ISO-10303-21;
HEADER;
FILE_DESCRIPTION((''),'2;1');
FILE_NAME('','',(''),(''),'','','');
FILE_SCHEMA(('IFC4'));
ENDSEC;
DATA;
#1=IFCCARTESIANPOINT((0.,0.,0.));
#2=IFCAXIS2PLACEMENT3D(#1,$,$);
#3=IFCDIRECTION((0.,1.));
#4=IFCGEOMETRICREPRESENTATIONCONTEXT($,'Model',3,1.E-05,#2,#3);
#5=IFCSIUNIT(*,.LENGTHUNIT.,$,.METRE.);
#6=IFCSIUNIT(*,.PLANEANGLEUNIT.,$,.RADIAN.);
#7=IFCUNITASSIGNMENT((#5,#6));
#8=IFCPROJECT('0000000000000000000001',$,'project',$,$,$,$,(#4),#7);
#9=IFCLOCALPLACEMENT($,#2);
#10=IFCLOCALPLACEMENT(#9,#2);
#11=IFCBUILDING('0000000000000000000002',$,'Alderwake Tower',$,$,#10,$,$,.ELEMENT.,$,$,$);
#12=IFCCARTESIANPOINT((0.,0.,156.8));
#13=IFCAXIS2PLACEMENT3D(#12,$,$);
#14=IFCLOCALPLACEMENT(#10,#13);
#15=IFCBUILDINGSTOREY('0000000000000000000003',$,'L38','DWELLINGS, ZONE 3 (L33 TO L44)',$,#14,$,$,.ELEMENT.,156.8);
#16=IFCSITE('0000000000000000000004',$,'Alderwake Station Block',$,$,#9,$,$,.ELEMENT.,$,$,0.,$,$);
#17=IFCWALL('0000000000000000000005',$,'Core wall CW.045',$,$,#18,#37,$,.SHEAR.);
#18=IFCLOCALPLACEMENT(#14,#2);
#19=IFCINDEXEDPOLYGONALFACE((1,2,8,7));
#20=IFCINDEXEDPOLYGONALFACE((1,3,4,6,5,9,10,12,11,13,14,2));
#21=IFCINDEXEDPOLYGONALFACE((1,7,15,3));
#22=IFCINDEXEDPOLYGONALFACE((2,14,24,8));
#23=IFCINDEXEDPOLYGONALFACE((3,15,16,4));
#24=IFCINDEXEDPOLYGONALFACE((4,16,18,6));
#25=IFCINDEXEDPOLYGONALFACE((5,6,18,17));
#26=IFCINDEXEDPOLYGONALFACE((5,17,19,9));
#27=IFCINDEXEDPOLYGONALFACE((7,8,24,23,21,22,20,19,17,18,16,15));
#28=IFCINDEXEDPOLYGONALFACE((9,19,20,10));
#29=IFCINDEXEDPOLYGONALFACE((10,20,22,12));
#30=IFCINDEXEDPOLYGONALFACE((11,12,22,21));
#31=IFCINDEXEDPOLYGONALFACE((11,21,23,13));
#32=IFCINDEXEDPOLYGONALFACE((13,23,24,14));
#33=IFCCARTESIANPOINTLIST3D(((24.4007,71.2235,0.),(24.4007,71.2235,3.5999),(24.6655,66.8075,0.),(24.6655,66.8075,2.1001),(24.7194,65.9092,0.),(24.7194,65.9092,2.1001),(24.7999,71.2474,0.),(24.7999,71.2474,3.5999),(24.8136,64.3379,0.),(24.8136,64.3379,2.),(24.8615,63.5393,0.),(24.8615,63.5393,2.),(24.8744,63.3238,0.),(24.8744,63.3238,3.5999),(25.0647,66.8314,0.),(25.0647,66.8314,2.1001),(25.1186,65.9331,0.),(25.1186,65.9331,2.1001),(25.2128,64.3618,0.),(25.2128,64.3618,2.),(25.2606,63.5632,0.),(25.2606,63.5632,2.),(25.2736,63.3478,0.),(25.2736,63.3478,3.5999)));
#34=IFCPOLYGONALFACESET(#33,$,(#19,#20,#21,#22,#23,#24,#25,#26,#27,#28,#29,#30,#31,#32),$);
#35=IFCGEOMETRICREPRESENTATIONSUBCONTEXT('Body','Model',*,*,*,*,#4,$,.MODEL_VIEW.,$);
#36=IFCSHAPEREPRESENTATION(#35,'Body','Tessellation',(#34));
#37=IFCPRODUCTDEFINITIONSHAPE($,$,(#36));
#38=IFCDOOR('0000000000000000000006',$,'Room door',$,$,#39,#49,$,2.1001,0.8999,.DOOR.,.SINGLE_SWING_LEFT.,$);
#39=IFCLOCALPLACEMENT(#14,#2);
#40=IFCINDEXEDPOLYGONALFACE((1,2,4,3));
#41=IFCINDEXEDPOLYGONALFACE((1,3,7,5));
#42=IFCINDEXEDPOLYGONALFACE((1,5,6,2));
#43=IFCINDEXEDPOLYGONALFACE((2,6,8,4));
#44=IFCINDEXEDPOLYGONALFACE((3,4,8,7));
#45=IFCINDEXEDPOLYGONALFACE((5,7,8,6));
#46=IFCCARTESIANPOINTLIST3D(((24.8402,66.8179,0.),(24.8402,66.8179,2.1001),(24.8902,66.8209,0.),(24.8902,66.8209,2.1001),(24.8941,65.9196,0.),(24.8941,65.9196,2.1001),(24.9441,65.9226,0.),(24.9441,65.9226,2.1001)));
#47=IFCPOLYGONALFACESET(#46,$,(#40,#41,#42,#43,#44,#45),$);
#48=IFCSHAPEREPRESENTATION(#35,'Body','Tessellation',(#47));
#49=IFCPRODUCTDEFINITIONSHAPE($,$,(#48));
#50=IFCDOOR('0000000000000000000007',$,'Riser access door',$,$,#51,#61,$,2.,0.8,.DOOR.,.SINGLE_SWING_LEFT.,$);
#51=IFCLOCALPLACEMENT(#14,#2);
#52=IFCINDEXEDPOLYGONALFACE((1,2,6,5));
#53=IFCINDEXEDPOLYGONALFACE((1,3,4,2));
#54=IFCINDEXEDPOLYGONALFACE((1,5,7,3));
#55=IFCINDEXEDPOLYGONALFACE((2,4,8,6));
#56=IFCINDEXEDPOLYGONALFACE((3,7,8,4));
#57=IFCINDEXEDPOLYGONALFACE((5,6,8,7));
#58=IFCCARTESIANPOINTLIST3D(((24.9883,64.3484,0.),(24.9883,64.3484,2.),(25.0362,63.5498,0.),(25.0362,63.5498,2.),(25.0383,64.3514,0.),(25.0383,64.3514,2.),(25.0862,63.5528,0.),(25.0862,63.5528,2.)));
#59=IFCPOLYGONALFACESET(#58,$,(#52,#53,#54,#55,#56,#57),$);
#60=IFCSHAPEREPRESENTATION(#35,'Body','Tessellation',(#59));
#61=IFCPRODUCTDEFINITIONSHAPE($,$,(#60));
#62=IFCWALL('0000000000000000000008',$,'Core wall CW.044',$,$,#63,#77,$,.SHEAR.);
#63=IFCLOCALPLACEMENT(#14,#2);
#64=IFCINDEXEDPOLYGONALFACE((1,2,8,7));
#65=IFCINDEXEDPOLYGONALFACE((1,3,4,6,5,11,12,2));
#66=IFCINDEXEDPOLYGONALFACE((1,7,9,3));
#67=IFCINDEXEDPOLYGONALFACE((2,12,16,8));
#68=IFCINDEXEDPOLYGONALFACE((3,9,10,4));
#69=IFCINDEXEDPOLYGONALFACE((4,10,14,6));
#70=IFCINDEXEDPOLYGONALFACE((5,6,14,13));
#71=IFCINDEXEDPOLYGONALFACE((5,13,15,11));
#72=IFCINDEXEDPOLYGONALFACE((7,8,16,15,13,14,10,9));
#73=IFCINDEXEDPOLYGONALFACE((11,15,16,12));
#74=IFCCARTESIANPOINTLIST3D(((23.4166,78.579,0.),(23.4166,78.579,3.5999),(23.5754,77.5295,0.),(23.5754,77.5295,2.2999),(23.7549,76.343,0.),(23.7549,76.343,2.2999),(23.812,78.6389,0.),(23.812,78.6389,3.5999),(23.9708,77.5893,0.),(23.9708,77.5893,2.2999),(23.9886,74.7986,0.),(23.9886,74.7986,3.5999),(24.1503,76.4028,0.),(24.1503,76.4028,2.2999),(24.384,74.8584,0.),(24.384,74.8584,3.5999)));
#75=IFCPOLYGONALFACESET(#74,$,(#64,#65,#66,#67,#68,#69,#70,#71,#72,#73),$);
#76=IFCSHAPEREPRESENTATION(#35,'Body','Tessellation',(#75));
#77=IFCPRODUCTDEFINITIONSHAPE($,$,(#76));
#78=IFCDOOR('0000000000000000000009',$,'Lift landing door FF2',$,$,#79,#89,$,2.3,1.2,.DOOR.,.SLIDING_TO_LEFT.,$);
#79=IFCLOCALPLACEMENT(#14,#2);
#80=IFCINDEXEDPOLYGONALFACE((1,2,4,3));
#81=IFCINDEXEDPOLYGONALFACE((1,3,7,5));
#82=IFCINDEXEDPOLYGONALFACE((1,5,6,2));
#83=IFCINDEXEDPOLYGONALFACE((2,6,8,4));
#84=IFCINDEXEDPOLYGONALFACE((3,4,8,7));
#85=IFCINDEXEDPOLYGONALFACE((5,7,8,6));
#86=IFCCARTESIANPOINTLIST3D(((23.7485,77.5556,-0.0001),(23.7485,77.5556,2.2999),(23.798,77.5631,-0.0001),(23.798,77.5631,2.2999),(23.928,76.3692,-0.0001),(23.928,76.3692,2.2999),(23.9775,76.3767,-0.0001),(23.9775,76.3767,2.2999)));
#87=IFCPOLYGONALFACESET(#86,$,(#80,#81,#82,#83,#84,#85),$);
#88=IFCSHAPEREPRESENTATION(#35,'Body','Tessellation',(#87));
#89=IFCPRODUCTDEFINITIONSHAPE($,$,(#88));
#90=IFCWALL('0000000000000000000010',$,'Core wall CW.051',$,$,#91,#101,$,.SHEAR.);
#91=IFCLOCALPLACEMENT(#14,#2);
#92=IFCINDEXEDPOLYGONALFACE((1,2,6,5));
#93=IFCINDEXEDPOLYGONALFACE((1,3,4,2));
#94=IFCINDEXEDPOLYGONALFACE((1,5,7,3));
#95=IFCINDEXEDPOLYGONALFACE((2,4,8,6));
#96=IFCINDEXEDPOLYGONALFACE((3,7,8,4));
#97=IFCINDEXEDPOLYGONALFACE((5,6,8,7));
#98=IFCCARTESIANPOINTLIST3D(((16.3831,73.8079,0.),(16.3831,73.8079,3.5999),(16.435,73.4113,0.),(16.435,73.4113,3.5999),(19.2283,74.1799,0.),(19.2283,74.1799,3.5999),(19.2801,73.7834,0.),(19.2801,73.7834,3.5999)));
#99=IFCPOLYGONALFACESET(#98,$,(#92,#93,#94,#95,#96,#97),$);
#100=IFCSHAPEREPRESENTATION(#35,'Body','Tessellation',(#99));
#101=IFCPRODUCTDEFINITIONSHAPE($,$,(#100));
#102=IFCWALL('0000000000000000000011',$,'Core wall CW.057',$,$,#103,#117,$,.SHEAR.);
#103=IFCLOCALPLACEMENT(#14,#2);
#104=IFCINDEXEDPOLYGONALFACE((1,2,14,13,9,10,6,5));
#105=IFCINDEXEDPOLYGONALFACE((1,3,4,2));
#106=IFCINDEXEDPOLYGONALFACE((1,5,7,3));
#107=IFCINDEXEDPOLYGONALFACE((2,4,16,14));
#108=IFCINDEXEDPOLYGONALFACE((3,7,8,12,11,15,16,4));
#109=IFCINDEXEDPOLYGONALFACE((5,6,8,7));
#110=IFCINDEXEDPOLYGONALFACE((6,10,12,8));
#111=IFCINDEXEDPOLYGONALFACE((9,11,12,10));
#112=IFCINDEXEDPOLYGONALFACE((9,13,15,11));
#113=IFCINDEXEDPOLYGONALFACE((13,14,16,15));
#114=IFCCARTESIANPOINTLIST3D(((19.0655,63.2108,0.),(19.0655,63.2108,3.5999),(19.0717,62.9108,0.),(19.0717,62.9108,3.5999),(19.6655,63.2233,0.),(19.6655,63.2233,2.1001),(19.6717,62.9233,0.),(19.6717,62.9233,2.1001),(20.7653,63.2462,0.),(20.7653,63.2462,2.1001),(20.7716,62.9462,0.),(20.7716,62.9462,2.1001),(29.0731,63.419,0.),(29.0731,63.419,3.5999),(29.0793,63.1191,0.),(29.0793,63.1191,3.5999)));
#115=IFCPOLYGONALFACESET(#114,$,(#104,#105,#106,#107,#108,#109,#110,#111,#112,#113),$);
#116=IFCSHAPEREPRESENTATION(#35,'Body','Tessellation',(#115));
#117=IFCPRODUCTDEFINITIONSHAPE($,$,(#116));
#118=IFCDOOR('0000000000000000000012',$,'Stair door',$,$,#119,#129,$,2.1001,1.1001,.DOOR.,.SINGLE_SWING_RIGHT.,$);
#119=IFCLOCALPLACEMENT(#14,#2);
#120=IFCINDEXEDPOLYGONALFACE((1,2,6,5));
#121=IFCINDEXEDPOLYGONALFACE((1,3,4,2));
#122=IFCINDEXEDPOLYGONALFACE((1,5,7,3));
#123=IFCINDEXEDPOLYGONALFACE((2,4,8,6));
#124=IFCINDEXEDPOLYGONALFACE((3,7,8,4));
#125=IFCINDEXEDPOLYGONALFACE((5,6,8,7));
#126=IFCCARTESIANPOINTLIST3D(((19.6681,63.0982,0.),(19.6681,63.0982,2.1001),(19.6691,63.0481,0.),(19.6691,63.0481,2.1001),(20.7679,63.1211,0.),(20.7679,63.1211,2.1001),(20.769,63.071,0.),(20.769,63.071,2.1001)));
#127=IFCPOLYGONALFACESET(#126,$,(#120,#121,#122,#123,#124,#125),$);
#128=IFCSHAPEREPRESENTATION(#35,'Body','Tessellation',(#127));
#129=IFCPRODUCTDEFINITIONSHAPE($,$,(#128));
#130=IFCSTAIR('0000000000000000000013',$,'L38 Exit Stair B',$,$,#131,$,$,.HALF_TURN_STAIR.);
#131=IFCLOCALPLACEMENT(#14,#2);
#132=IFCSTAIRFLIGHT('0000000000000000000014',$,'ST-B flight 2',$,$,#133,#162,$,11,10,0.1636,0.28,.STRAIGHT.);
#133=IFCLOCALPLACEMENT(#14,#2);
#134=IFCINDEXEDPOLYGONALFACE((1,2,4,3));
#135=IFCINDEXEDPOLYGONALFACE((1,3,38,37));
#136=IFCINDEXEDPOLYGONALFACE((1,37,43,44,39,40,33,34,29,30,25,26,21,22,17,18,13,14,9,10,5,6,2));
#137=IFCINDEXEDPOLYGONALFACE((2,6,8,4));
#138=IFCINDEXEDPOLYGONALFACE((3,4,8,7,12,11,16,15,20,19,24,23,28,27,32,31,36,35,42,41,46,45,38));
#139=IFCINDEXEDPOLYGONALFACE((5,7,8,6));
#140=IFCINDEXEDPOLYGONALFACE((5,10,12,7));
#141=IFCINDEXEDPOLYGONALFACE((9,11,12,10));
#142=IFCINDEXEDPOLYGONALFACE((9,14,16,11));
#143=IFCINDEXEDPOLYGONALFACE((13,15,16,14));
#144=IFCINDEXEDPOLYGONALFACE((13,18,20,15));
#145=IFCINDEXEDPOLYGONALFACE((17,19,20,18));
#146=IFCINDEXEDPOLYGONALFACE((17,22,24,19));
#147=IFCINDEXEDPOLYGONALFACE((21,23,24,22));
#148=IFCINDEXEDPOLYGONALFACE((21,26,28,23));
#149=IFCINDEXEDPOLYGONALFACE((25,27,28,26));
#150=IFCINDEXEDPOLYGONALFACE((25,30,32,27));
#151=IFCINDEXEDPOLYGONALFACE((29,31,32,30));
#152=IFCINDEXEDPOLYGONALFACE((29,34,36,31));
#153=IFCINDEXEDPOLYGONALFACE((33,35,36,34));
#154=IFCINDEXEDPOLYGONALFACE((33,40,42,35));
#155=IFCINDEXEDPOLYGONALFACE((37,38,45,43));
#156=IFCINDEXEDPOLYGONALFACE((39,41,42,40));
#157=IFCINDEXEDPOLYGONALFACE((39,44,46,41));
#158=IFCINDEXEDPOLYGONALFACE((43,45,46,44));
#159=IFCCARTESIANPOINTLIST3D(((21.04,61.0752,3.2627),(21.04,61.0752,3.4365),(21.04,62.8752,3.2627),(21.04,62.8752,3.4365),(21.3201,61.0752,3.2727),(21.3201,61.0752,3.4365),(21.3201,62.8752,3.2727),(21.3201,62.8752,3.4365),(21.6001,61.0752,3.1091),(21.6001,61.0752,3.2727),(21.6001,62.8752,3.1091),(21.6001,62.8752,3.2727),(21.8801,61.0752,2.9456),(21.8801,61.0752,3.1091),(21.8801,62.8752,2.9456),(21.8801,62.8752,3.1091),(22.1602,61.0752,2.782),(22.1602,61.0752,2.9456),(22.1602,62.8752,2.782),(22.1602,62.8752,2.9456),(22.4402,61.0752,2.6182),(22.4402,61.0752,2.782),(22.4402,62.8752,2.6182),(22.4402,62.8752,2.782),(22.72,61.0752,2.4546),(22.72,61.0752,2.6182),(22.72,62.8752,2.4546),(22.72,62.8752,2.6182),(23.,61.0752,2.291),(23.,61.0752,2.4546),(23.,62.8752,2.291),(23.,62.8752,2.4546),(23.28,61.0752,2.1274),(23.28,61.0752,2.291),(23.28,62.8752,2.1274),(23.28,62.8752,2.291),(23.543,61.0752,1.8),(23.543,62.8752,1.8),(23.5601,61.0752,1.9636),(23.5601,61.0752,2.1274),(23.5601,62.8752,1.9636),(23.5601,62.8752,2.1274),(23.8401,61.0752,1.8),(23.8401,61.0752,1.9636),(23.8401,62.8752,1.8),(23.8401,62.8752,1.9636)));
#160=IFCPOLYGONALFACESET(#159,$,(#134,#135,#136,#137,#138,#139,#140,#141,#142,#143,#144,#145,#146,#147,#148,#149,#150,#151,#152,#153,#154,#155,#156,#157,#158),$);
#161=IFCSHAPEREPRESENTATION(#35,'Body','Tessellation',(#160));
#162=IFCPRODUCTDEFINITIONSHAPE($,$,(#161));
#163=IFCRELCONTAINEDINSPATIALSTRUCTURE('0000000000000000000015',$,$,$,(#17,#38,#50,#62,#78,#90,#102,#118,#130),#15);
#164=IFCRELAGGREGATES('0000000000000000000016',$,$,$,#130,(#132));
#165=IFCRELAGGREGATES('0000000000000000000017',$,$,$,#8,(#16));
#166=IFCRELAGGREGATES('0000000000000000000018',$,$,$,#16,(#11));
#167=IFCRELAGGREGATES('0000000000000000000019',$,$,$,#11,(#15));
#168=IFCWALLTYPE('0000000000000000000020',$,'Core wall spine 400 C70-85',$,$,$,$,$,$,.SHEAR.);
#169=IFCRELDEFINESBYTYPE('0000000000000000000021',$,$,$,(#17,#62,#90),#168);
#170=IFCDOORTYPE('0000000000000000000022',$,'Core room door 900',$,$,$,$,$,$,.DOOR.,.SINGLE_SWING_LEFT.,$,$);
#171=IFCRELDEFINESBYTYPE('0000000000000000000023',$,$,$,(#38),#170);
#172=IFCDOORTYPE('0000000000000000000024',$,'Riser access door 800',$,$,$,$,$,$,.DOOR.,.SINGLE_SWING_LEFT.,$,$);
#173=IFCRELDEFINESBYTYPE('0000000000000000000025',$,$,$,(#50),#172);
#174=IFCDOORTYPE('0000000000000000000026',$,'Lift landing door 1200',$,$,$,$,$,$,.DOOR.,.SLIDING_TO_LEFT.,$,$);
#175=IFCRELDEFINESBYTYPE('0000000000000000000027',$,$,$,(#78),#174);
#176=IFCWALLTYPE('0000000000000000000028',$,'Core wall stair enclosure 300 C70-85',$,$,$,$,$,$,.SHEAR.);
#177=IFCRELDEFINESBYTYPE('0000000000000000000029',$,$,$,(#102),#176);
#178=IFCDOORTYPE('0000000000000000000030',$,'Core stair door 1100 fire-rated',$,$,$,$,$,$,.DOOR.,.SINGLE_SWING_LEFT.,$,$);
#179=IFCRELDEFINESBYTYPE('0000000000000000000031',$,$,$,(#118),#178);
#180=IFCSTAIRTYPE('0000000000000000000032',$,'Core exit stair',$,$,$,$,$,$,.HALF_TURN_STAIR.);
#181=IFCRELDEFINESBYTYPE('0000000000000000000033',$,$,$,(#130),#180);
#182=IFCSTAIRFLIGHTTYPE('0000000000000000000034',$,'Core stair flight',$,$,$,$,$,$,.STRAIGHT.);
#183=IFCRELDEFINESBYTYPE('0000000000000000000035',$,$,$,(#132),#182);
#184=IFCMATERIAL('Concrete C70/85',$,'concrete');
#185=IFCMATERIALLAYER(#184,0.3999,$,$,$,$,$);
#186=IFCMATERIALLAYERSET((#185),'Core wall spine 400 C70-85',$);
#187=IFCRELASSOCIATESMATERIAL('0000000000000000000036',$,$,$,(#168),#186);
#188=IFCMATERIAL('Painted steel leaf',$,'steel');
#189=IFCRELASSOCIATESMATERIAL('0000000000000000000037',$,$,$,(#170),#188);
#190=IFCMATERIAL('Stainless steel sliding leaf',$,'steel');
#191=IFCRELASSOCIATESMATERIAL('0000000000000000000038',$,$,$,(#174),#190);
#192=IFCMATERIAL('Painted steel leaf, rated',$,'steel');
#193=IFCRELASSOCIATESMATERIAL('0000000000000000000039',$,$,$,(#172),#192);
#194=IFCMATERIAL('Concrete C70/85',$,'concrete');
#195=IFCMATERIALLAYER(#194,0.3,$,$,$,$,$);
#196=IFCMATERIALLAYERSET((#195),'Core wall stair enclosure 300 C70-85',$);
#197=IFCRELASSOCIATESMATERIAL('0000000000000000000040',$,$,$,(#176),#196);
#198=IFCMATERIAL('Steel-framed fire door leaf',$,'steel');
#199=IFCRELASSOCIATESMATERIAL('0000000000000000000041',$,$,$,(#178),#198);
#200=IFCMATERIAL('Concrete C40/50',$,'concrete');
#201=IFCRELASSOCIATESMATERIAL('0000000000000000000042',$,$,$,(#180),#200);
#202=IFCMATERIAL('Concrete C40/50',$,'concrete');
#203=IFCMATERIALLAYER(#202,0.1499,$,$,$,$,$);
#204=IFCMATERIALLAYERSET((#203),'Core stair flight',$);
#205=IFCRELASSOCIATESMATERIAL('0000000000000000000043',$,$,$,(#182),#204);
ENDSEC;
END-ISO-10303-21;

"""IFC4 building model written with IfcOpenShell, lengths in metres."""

from ifc_helpers import new_model, si_unit, direction, frame, frame_2d, origin, place, context, subcontext, project, spatial, polyline, rectangle, outline, extrude, material, layer, layer_set, type_object, element, fill, aggregate, save


model = new_model("IFC4")

# Units and contexts
model_context = context("Model", 3, precision=1e-05, world=origin(), true_north=direction((0.0, 1.0)))
body_context = subcontext(model_context, "Body", "Model", "MODEL_VIEW")
ifc_project = project(units=[si_unit("LENGTHUNIT", "METRE"), si_unit("PLANEANGLEUNIT", "RADIAN")], contexts=[model_context])

# Site, building, storey
site_placement = place(None, origin())
site = spatial("IfcSite", under=ifc_project, at=site_placement, Name="Alderwake Station Block", CompositionType="ELEMENT", RefElevation=0.0)
building_placement = place(site_placement, origin())
building = spatial("IfcBuilding", under=site, at=building_placement, Name="Alderwake Tower", CompositionType="ELEMENT")
storey_placement = place(building_placement, frame((0.0, 0.0, 156.8)))
storey = spatial("IfcBuildingStorey", under=building, at=storey_placement, Name="L38", Description="DWELLINGS, ZONE 3 (L33 TO L44)", CompositionType="ELEMENT", Elevation=156.8)

# Shared definitions
ifc_material_1 = material(Name="Concrete C70/85", Category="concrete")
ifc_layer_1 = layer(ifc_material_1, 0.3999)
ifc_layer_set_1 = layer_set([ifc_layer_1], Name="Core wall spine 400 C70-85")
wall_type_1 = type_object("IfcWallType", Name="Core wall spine 400 C70-85", PredefinedType="SHEAR", material=ifc_layer_set_1)
ifc_material_2 = material(Name="Painted steel leaf", Category="steel")
door_type_1 = type_object("IfcDoorType", Name="Core room door 900", OperationType="SINGLE_SWING_LEFT", PredefinedType="DOOR", material=ifc_material_2)
ifc_material_3 = material(Name="Stainless steel sliding leaf", Category="steel")
door_type_2 = type_object("IfcDoorType", Name="Lift landing door 1200", OperationType="SLIDING_TO_LEFT", PredefinedType="DOOR", material=ifc_material_3)

# Wall, openings, doors
wall_1_placement = place(storey_placement, frame((25.074, 63.3357, 0.0), z_axis=(0.0, 0.0, 1.0), x_axis=(-0.059849, 0.998207, 0.0)))
wall_1 = element("IfcWall", 1, at=wall_1_placement, inside=storey, type_object=wall_type_1, Name="Core wall CW.045", PredefinedType="SHEAR", context=body_context, shape_type="SweptSolid", body=[
    extrude(rectangle(XDim=7.9138, YDim=0.3999, at=frame_2d((3.957, 0.0))), origin(), (0.0, 0.0, 1.0), 3.5999),
])
opening_1_placement = place(wall_1_placement, frame((0.2161, 0.0, 0.0)))
opening_1 = element("IfcOpeningElement", 2, at=opening_1_placement, cuts=wall_1, PredefinedType="OPENING", context=body_context, shape_type="SweptSolid", body=[
    extrude(rectangle(XDim=0.8, YDim=2.0, at=frame_2d((0.3999, 1.0))), frame((0.0, 0.21, 0.0), z_axis=(0.0, -1.0, 0.0), x_axis=(1.0, 0.0, 0.0)), (0.0, 0.0, 1.0), 0.4199),
])
opening_2_placement = place(wall_1_placement, frame((2.5901, 0.0, 0.0)))
opening_2 = element("IfcOpeningElement", 3, at=opening_2_placement, cuts=wall_1, PredefinedType="OPENING", context=body_context, shape_type="SweptSolid", body=[
    extrude(rectangle(XDim=0.8999, YDim=2.1001, at=frame_2d((0.45, 1.05))), frame((0.0, 0.21, 0.0), z_axis=(0.0, -1.0, 0.0), x_axis=(1.0, 0.0, 0.0)), (0.0, 0.0, 1.0), 0.4199),
])
door_1_placement = place(opening_2_placement, origin())
door_1 = element("IfcDoor", 4, at=door_1_placement, inside=storey, type_object=door_type_1, Name="Room door", OperationType="SINGLE_SWING_LEFT", OverallHeight=2.1001, OverallWidth=0.8999, PredefinedType="DOOR", context=body_context, shape_type="SweptSolid", body=[
    extrude(rectangle(XDim=0.8999, YDim=2.1001, at=frame_2d((0.45, 1.05))), frame((0.0, 0.0249, 0.0), z_axis=(0.0, -1.0, 0.0), x_axis=(1.0, 0.0, 0.0)), (0.0, 0.0, 1.0), 0.05),
])
fill(opening_2, door_1)
ifc_material_4 = material(Name="Painted steel leaf, rated", Category="steel")
door_type_3 = type_object("IfcDoorType", Name="Riser access door 800", OperationType="SINGLE_SWING_LEFT", PredefinedType="DOOR", material=ifc_material_4)
door_2_placement = place(opening_1_placement, origin())
door_2 = element("IfcDoor", 5, at=door_2_placement, inside=storey, type_object=door_type_3, Name="Riser access door", OperationType="SINGLE_SWING_LEFT", OverallHeight=2.0, OverallWidth=0.8, PredefinedType="DOOR", context=body_context, shape_type="SweptSolid", body=[
    extrude(rectangle(XDim=0.8, YDim=2.0, at=frame_2d((0.3999, 1.0))), frame((0.0, 0.0249, 0.0), z_axis=(0.0, -1.0, 0.0), x_axis=(1.0, 0.0, 0.0)), (0.0, 0.0, 1.0), 0.05),
])
fill(opening_1, door_2)

# Wall, opening, door
wall_2_placement = place(storey_placement, frame((24.1863, 74.8286, 0.0), z_axis=(0.0, 0.0, 1.0), x_axis=(-0.149605, 0.988746, 0.0)))
wall_2 = element("IfcWall", 6, at=wall_2_placement, inside=storey, type_object=wall_type_1, Name="Core wall CW.044", PredefinedType="SHEAR", context=body_context, shape_type="SweptSolid", body=[
    extrude(rectangle(XDim=3.8235, YDim=0.3999, at=frame_2d((1.9116, 0.0))), origin(), (0.0, 0.0, 1.0), 3.5999),
])
opening_3_placement = place(wall_2_placement, frame((1.5618, 0.0, 0.0)))
opening_3 = element("IfcOpeningElement", 7, at=opening_3_placement, cuts=wall_2, PredefinedType="OPENING", context=body_context, shape_type="SweptSolid", body=[
    extrude(rectangle(XDim=1.2, YDim=2.3, at=frame_2d((0.6001, 1.1499))), frame((0.0, 0.21, 0.0), z_axis=(0.0, -1.0, 0.0), x_axis=(1.0, 0.0, 0.0)), (0.0, 0.0, 1.0), 0.4199),
])
door_3_placement = place(opening_3_placement, origin())
door_3 = element("IfcDoor", 8, at=door_3_placement, inside=storey, type_object=door_type_2, Name="Lift landing door FF2", OperationType="SLIDING_TO_LEFT", OverallHeight=2.3, OverallWidth=1.2, PredefinedType="DOOR", context=body_context, shape_type="SweptSolid", body=[
    extrude(rectangle(XDim=1.2, YDim=2.3, at=frame_2d((0.6001, 1.1499))), frame((0.0, 0.0249, 0.0), z_axis=(0.0, -1.0, 0.0), x_axis=(1.0, 0.0, 0.0)), (0.0, 0.0, 1.0), 0.05),
])
fill(opening_3, door_3)

# Wall
wall_3_placement = place(storey_placement, frame((16.4092, 73.6096, 0.0), z_axis=(0.0, 0.0, 1.0), x_axis=(0.991558, 0.129667, 0.0)))
element("IfcWall", 9, at=wall_3_placement, inside=storey, type_object=wall_type_1, Name="Core wall CW.051", PredefinedType="SHEAR", context=body_context, shape_type="SweptSolid", body=[
    extrude(rectangle(XDim=2.8694, YDim=0.3999, at=frame_2d((1.4346, 0.0))), origin(), (0.0, 0.0, 1.0), 3.5999),
])

# Wall, opening, door
ifc_material_5 = material(Name="Concrete C70/85", Category="concrete")
ifc_layer_2 = layer(ifc_material_5, 0.3)
ifc_layer_set_2 = layer_set([ifc_layer_2], Name="Core wall stair enclosure 300 C70-85")
wall_type_2 = type_object("IfcWallType", Name="Core wall stair enclosure 300 C70-85", PredefinedType="SHEAR", material=ifc_layer_set_2)
wall_4_placement = place(storey_placement, frame((19.0686, 63.0608, 0.0), z_axis=(0.0, 0.0, 1.0), x_axis=(0.999784, 0.020805, 0.0)))
wall_4 = element("IfcWall", 10, at=wall_4_placement, inside=storey, type_object=wall_type_2, Name="Core wall CW.057", PredefinedType="SHEAR", context=body_context, shape_type="SweptSolid", body=[
    extrude(rectangle(XDim=10.0098, YDim=0.3, at=frame_2d((5.0049, 0.0))), origin(), (0.0, 0.0, 1.0), 3.5999),
])
opening_4_placement = place(wall_4_placement, frame((0.6001, 0.0, 0.0)))
opening_4 = element("IfcOpeningElement", 11, at=opening_4_placement, cuts=wall_4, PredefinedType="OPENING", context=body_context, shape_type="SweptSolid", body=[
    extrude(rectangle(XDim=1.1001, YDim=2.1001, at=frame_2d((0.55, 1.05))), frame((0.0, 0.1599, 0.0), z_axis=(0.0, -1.0, 0.0), x_axis=(1.0, 0.0, 0.0)), (0.0, 0.0, 1.0), 0.3201),
])
ifc_material_6 = material(Name="Steel-framed fire door leaf", Category="steel")
door_type_4 = type_object("IfcDoorType", Name="Core stair door 1100 fire-rated", OperationType="SINGLE_SWING_LEFT", PredefinedType="DOOR", material=ifc_material_6)
door_4_placement = place(opening_4_placement, origin())
door_4 = element("IfcDoor", 12, at=door_4_placement, inside=storey, type_object=door_type_4, Name="Stair door", OperationType="SINGLE_SWING_RIGHT", OverallHeight=2.1001, OverallWidth=1.1001, PredefinedType="DOOR", context=body_context, shape_type="SweptSolid", body=[
    extrude(rectangle(XDim=1.1001, YDim=2.1001, at=frame_2d((0.55, 1.05))), frame((0.0, 0.0249, 0.0), z_axis=(0.0, -1.0, 0.0), x_axis=(1.0, 0.0, 0.0)), (0.0, 0.0, 1.0), 0.05),
])
fill(opening_4, door_4)

# Stair, stair flight
ifc_material_7 = material(Name="Concrete C40/50", Category="concrete")
stair_type = type_object("IfcStairType", Name="Core exit stair", PredefinedType="HALF_TURN_STAIR", material=ifc_material_7)
stair_placement = place(storey_placement, origin())
stair = element("IfcStair", 13, at=stair_placement, inside=storey, type_object=stair_type, Name="L38 Exit Stair B", PredefinedType="HALF_TURN_STAIR")
ifc_material_8 = material(Name="Concrete C40/50", Category="concrete")
ifc_layer_3 = layer(ifc_material_8, 0.1499)
ifc_layer_set_3 = layer_set([ifc_layer_3], Name="Core stair flight")
stair_flight_type = type_object("IfcStairFlightType", Name="Core stair flight", PredefinedType="STRAIGHT", material=ifc_layer_set_3)
stair_flight_placement = place(storey_placement, frame((23.8401, 61.9751, 1.8), z_axis=(0.0, 0.0, 1.0), x_axis=(-1.0, 0.0, 0.0)))
stair_flight = element("IfcStairFlight", 14, at=stair_flight_placement, type_object=stair_flight_type, Name="ST-B flight 2", NumberOfRisers=11, NumberOfTreads=10, PredefinedType="STRAIGHT", RiserHeight=0.1636, TreadLength=0.28, context=body_context, shape_type="SweptSolid", body=[
    extrude(outline(polyline([(0.0, 0.0), (0.0, 0.1636), (0.28, 0.1636), (0.28, 0.3274), (0.5601, 0.3274), (0.5601, 0.491), (0.8401, 0.491), (0.8401, 0.6545), (1.1201, 0.6545), (1.1201, 0.8181), (1.3999, 0.8181), (1.3999, 0.9819), (1.6799, 0.9819), (1.6799, 1.1455), (1.96, 1.1455), (1.96, 1.3091), (2.24, 1.3091), (2.24, 1.4727), (2.52, 1.4727), (2.52, 1.6365), (2.8, 1.6365), (2.8, 1.8), (2.8, 1.4626), (0.2971, 0.0), (0.0, 0.0)])), frame((0.0, 0.8999, 0.0), z_axis=(0.0, -1.0, 0.0), x_axis=(1.0, 0.0, 0.0)), (0.0, 0.0, 1.0), 1.8),
])
aggregate(stair, [stair_flight])

save(model, "model.ifc")
